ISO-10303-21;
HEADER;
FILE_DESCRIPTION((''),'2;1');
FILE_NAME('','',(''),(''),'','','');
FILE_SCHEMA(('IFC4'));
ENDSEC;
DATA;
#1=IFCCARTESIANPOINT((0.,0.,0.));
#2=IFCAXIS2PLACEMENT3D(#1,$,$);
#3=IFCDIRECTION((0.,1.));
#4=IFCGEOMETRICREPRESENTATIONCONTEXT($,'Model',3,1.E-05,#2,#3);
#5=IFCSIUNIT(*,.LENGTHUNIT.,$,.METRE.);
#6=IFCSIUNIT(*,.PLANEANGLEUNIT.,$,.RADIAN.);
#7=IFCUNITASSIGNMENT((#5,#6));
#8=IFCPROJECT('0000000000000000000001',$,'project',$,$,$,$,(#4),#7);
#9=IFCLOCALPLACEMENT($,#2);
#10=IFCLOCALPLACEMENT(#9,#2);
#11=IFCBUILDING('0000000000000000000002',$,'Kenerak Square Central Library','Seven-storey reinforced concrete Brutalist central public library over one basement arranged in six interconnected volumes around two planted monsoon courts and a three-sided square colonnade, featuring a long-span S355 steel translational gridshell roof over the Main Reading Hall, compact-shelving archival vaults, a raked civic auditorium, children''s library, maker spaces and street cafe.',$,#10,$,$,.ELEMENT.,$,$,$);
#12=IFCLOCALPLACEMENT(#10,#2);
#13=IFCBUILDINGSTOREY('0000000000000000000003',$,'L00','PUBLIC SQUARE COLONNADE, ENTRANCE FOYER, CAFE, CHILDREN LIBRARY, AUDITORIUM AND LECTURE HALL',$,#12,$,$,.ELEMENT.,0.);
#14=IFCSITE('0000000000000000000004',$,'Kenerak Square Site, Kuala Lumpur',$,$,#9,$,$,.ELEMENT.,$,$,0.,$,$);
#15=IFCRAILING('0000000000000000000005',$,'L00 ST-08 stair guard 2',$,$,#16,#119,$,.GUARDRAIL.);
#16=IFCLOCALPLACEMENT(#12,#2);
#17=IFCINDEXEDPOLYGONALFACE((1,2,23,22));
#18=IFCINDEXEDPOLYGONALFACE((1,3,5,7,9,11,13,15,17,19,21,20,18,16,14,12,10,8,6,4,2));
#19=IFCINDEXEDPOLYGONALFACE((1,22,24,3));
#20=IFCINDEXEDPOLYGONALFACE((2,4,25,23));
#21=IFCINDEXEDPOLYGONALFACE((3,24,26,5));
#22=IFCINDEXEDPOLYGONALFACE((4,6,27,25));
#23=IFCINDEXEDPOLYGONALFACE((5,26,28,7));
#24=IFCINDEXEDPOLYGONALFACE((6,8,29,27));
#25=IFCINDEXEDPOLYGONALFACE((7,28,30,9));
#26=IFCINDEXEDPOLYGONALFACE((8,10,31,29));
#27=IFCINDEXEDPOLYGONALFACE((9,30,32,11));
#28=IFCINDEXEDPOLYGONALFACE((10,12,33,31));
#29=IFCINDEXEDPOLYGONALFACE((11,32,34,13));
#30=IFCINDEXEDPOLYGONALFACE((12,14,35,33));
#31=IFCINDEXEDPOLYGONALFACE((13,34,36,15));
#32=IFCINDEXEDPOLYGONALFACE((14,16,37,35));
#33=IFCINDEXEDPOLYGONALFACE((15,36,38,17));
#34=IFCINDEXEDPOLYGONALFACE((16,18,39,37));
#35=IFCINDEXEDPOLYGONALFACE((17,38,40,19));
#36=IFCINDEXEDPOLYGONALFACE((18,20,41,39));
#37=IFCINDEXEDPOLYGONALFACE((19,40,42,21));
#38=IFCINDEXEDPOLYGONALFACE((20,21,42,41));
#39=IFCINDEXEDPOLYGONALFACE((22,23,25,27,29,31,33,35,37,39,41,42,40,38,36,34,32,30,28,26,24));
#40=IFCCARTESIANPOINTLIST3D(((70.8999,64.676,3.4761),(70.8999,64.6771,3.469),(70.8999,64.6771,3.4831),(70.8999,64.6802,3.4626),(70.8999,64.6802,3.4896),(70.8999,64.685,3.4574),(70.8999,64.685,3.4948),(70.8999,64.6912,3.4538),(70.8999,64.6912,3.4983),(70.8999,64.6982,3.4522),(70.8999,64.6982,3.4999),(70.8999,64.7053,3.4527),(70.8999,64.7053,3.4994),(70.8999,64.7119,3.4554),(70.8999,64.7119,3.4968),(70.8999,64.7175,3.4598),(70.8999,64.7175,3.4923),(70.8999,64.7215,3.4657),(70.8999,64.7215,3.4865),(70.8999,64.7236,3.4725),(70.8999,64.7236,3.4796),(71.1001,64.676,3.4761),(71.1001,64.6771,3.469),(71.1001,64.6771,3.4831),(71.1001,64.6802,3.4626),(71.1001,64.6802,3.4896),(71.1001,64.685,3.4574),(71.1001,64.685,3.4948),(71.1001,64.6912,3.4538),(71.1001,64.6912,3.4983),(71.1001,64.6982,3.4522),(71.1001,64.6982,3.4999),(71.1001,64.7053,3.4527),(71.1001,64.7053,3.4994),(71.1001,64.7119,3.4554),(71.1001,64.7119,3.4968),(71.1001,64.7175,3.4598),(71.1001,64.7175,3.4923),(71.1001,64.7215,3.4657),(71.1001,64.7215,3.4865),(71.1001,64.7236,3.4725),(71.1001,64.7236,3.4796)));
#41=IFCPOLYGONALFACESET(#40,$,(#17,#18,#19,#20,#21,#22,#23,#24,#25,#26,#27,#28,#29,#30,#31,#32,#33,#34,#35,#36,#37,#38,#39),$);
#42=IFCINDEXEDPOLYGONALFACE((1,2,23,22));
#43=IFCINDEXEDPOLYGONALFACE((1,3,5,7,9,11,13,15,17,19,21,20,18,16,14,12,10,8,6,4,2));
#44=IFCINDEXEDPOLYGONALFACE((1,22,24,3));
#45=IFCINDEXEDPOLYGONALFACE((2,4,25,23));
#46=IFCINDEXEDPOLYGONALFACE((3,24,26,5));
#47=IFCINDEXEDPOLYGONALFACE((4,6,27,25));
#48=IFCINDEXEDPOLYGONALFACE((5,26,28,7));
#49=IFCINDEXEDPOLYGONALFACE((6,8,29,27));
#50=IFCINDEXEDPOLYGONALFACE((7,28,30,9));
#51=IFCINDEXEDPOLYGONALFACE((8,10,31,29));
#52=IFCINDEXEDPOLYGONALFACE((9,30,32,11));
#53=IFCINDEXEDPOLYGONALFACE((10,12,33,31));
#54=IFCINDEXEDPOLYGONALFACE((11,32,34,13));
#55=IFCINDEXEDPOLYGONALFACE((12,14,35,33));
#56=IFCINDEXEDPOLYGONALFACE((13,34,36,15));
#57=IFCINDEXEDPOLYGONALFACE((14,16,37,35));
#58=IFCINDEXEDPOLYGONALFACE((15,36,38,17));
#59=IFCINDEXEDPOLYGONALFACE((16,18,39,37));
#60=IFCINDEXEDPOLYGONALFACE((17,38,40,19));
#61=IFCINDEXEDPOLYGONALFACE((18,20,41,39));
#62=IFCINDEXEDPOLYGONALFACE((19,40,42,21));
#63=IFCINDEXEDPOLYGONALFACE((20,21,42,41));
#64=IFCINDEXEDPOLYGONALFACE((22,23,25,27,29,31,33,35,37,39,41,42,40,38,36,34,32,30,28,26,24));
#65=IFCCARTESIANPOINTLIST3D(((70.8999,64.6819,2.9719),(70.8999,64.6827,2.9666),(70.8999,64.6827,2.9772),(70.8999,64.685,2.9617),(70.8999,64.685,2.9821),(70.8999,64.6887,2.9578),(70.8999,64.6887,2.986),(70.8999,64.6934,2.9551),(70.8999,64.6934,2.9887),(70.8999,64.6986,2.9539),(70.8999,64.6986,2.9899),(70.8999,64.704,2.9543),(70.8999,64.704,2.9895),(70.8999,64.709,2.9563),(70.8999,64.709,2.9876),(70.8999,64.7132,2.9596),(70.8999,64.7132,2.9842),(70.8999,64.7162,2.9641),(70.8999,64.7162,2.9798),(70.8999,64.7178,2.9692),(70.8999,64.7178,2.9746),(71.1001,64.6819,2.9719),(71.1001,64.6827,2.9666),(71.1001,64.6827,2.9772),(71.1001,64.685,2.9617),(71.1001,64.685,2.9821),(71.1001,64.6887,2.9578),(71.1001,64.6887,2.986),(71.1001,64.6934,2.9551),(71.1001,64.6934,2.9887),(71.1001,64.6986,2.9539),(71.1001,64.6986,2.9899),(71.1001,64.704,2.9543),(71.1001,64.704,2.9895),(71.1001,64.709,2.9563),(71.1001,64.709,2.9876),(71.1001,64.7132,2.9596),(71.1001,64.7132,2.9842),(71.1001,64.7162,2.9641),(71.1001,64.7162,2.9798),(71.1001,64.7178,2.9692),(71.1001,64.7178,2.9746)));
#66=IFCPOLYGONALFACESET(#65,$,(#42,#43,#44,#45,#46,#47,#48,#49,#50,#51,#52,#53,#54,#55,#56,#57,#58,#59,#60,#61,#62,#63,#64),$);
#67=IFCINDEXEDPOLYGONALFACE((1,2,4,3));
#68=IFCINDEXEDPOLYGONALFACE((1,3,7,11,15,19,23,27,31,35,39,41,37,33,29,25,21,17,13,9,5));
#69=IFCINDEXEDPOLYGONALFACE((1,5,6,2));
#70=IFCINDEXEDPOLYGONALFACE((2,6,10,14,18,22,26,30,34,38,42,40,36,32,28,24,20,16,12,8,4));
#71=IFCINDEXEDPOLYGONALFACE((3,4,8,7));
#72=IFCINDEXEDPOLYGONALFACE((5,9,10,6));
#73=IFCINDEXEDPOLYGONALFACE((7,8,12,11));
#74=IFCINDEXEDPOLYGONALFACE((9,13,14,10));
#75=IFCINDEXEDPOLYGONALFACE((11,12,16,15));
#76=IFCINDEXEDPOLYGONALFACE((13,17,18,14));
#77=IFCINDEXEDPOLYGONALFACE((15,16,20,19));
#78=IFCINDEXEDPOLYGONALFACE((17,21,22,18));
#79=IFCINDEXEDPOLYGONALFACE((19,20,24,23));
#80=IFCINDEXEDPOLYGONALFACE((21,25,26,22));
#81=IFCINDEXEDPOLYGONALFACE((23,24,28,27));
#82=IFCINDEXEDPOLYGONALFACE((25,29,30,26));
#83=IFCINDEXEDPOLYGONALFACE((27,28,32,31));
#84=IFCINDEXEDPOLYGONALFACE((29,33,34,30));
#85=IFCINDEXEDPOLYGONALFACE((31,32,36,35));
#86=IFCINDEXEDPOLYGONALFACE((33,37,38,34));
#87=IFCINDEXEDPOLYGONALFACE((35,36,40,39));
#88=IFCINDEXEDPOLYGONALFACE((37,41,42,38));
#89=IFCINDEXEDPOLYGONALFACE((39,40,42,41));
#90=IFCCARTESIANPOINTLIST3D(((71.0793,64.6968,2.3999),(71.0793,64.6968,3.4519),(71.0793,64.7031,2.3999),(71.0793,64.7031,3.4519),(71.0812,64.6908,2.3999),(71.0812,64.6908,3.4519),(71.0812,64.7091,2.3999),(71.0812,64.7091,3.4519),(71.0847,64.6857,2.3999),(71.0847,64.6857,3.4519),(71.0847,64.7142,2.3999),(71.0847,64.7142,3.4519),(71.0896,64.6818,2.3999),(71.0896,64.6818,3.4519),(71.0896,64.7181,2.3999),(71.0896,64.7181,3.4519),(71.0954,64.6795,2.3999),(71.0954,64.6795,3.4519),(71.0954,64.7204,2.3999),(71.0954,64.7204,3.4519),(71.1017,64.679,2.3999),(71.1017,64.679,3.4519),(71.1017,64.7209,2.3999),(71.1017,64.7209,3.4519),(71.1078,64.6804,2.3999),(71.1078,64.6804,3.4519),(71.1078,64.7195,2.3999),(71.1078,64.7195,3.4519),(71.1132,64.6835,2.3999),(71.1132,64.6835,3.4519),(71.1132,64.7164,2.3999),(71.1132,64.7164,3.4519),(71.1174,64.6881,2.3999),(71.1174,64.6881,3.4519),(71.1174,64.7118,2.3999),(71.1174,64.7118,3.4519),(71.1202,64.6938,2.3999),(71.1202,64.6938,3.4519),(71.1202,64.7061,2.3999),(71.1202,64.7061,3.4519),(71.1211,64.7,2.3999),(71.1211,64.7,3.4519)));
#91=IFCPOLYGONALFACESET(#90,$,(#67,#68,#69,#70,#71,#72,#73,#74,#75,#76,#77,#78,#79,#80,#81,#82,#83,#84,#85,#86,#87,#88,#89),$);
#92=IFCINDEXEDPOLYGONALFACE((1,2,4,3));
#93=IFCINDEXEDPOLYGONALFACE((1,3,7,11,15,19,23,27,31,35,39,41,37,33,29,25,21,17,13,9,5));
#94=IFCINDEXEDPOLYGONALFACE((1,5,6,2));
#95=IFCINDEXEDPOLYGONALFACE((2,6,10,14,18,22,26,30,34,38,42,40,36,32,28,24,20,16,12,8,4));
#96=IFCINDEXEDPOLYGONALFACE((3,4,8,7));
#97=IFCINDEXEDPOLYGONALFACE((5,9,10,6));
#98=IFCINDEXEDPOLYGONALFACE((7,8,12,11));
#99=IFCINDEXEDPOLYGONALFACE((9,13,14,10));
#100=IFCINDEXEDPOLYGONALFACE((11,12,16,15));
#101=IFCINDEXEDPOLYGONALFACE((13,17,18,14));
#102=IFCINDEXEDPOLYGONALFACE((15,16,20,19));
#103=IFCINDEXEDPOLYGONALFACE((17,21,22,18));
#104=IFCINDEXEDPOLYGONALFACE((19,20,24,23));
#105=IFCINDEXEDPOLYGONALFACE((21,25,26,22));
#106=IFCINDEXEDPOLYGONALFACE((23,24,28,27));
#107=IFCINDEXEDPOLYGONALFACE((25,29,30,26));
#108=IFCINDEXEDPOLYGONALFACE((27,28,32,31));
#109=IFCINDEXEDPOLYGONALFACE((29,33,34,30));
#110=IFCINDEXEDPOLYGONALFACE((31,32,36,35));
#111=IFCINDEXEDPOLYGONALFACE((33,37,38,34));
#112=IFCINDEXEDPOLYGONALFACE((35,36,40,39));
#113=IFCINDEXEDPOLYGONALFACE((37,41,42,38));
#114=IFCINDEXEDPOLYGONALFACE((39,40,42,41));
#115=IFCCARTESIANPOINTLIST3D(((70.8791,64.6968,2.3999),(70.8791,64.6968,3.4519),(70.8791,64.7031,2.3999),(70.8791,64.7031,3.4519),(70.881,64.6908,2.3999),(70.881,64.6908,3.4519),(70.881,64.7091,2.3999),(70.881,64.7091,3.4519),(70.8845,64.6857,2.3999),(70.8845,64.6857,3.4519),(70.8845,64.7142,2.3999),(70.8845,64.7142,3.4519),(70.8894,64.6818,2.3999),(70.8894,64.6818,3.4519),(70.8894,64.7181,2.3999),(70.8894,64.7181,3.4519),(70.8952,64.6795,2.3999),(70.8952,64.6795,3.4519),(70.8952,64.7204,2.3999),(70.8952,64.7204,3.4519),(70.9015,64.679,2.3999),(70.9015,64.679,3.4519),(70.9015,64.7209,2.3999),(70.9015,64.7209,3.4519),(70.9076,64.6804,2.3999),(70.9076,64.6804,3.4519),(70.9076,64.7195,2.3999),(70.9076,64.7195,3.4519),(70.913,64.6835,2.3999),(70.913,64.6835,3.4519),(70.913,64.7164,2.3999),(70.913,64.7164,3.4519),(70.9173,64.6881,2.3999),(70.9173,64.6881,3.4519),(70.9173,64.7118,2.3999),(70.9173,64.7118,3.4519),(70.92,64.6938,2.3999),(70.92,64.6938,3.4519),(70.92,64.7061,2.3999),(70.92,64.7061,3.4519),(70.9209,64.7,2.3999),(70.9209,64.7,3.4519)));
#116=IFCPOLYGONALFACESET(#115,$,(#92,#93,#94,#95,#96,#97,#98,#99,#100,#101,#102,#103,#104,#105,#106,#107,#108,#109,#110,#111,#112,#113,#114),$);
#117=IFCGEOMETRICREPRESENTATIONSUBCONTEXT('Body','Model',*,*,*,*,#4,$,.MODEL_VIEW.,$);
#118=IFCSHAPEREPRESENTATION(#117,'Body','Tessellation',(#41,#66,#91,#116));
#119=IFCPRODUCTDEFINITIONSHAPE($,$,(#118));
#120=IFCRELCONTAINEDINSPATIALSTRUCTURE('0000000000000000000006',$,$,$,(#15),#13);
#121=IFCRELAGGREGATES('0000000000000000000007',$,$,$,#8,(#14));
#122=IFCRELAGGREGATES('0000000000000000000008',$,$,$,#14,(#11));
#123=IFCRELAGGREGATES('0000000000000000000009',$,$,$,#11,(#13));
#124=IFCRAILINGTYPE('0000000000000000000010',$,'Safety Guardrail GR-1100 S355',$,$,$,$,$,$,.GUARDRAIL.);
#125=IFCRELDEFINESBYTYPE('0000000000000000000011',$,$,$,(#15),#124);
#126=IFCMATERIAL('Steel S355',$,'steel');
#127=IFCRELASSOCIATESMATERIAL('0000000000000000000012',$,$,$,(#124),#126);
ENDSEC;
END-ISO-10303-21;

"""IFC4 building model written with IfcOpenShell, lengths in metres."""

from ifc_helpers import new_model, si_unit, direction, frame, origin, origin_2d, place, context, subcontext, project, spatial, circle, extrude, material, type_object, element, save


model = new_model("IFC4")

# Units and contexts
model_context = context("Model", 3, precision=1e-05, world=origin(), true_north=direction((0.0, 1.0)))
body_context = subcontext(model_context, "Body", "Model", "MODEL_VIEW")
ifc_project = project(units=[si_unit("LENGTHUNIT", "METRE"), si_unit("PLANEANGLEUNIT", "RADIAN")], contexts=[model_context])

# Site, building, storey
site_placement = place(None, origin())
site = spatial("IfcSite", under=ifc_project, at=site_placement, Name="Kenerak Square Site, Kuala Lumpur", CompositionType="ELEMENT", RefElevation=0.0)
building_placement = place(site_placement, origin())
building = spatial("IfcBuilding", under=site, at=building_placement, Name="Kenerak Square Central Library", Description="Seven-storey reinforced concrete Brutalist central public library over one basement arranged in six interconnected volumes around two planted monsoon courts and a three-sided square colonnade, featuring a long-span S355 steel translational gridshell roof over the Main Reading Hall, compact-shelving archival vaults, a raked civic auditorium, children's library, maker spaces and street cafe.", CompositionType="ELEMENT")
storey_placement = place(building_placement, origin())
storey = spatial("IfcBuildingStorey", under=building, at=storey_placement, Name="L00", Description="PUBLIC SQUARE COLONNADE, ENTRANCE FOYER, CAFE, CHILDREN LIBRARY, AUDITORIUM AND LECTURE HALL", CompositionType="ELEMENT", Elevation=0.0)

# Shared definitions
ifc_material_1 = material(Name="Steel S355", Category="steel")

# Railing
railing_type_1 = type_object("IfcRailingType", Name="Safety Guardrail GR-1100 S355", PredefinedType="GUARDRAIL", material=ifc_material_1)
railing_1_placement = place(storey_placement, frame((71.1001, 64.7, 2.3999)))
element("IfcRailing", 1, at=railing_1_placement, inside=storey, type_object=railing_type_1, Name="L00 ST-08 stair guard 2", PredefinedType="GUARDRAIL", context=body_context, shape_type="SweptSolid", body=[
    extrude(circle(Radius=0.0239, at=origin_2d()), frame((0.0, 0.0, 1.0762), z_axis=(-1.0, 0.0, 0.0), x_axis=(0.0, -1.0, 0.0)), (0.0, 0.0, 1.0), 0.2002),
    extrude(circle(Radius=0.0181, at=origin_2d()), frame((0.0, 0.0, 0.572), z_axis=(-1.0, 0.0, 0.0), x_axis=(0.0, -1.0, 0.0)), (0.0, 0.0, 1.0), 0.2002),
    extrude(circle(Radius=0.021, at=origin_2d()), origin(), (0.0, 0.0, 1.0), 1.052),
    extrude(circle(Radius=0.021, at=origin_2d()), frame((-0.2002, 0.0, 0.0)), (0.0, 0.0, 1.0), 1.052),
])

save(model, "model.ifc")
